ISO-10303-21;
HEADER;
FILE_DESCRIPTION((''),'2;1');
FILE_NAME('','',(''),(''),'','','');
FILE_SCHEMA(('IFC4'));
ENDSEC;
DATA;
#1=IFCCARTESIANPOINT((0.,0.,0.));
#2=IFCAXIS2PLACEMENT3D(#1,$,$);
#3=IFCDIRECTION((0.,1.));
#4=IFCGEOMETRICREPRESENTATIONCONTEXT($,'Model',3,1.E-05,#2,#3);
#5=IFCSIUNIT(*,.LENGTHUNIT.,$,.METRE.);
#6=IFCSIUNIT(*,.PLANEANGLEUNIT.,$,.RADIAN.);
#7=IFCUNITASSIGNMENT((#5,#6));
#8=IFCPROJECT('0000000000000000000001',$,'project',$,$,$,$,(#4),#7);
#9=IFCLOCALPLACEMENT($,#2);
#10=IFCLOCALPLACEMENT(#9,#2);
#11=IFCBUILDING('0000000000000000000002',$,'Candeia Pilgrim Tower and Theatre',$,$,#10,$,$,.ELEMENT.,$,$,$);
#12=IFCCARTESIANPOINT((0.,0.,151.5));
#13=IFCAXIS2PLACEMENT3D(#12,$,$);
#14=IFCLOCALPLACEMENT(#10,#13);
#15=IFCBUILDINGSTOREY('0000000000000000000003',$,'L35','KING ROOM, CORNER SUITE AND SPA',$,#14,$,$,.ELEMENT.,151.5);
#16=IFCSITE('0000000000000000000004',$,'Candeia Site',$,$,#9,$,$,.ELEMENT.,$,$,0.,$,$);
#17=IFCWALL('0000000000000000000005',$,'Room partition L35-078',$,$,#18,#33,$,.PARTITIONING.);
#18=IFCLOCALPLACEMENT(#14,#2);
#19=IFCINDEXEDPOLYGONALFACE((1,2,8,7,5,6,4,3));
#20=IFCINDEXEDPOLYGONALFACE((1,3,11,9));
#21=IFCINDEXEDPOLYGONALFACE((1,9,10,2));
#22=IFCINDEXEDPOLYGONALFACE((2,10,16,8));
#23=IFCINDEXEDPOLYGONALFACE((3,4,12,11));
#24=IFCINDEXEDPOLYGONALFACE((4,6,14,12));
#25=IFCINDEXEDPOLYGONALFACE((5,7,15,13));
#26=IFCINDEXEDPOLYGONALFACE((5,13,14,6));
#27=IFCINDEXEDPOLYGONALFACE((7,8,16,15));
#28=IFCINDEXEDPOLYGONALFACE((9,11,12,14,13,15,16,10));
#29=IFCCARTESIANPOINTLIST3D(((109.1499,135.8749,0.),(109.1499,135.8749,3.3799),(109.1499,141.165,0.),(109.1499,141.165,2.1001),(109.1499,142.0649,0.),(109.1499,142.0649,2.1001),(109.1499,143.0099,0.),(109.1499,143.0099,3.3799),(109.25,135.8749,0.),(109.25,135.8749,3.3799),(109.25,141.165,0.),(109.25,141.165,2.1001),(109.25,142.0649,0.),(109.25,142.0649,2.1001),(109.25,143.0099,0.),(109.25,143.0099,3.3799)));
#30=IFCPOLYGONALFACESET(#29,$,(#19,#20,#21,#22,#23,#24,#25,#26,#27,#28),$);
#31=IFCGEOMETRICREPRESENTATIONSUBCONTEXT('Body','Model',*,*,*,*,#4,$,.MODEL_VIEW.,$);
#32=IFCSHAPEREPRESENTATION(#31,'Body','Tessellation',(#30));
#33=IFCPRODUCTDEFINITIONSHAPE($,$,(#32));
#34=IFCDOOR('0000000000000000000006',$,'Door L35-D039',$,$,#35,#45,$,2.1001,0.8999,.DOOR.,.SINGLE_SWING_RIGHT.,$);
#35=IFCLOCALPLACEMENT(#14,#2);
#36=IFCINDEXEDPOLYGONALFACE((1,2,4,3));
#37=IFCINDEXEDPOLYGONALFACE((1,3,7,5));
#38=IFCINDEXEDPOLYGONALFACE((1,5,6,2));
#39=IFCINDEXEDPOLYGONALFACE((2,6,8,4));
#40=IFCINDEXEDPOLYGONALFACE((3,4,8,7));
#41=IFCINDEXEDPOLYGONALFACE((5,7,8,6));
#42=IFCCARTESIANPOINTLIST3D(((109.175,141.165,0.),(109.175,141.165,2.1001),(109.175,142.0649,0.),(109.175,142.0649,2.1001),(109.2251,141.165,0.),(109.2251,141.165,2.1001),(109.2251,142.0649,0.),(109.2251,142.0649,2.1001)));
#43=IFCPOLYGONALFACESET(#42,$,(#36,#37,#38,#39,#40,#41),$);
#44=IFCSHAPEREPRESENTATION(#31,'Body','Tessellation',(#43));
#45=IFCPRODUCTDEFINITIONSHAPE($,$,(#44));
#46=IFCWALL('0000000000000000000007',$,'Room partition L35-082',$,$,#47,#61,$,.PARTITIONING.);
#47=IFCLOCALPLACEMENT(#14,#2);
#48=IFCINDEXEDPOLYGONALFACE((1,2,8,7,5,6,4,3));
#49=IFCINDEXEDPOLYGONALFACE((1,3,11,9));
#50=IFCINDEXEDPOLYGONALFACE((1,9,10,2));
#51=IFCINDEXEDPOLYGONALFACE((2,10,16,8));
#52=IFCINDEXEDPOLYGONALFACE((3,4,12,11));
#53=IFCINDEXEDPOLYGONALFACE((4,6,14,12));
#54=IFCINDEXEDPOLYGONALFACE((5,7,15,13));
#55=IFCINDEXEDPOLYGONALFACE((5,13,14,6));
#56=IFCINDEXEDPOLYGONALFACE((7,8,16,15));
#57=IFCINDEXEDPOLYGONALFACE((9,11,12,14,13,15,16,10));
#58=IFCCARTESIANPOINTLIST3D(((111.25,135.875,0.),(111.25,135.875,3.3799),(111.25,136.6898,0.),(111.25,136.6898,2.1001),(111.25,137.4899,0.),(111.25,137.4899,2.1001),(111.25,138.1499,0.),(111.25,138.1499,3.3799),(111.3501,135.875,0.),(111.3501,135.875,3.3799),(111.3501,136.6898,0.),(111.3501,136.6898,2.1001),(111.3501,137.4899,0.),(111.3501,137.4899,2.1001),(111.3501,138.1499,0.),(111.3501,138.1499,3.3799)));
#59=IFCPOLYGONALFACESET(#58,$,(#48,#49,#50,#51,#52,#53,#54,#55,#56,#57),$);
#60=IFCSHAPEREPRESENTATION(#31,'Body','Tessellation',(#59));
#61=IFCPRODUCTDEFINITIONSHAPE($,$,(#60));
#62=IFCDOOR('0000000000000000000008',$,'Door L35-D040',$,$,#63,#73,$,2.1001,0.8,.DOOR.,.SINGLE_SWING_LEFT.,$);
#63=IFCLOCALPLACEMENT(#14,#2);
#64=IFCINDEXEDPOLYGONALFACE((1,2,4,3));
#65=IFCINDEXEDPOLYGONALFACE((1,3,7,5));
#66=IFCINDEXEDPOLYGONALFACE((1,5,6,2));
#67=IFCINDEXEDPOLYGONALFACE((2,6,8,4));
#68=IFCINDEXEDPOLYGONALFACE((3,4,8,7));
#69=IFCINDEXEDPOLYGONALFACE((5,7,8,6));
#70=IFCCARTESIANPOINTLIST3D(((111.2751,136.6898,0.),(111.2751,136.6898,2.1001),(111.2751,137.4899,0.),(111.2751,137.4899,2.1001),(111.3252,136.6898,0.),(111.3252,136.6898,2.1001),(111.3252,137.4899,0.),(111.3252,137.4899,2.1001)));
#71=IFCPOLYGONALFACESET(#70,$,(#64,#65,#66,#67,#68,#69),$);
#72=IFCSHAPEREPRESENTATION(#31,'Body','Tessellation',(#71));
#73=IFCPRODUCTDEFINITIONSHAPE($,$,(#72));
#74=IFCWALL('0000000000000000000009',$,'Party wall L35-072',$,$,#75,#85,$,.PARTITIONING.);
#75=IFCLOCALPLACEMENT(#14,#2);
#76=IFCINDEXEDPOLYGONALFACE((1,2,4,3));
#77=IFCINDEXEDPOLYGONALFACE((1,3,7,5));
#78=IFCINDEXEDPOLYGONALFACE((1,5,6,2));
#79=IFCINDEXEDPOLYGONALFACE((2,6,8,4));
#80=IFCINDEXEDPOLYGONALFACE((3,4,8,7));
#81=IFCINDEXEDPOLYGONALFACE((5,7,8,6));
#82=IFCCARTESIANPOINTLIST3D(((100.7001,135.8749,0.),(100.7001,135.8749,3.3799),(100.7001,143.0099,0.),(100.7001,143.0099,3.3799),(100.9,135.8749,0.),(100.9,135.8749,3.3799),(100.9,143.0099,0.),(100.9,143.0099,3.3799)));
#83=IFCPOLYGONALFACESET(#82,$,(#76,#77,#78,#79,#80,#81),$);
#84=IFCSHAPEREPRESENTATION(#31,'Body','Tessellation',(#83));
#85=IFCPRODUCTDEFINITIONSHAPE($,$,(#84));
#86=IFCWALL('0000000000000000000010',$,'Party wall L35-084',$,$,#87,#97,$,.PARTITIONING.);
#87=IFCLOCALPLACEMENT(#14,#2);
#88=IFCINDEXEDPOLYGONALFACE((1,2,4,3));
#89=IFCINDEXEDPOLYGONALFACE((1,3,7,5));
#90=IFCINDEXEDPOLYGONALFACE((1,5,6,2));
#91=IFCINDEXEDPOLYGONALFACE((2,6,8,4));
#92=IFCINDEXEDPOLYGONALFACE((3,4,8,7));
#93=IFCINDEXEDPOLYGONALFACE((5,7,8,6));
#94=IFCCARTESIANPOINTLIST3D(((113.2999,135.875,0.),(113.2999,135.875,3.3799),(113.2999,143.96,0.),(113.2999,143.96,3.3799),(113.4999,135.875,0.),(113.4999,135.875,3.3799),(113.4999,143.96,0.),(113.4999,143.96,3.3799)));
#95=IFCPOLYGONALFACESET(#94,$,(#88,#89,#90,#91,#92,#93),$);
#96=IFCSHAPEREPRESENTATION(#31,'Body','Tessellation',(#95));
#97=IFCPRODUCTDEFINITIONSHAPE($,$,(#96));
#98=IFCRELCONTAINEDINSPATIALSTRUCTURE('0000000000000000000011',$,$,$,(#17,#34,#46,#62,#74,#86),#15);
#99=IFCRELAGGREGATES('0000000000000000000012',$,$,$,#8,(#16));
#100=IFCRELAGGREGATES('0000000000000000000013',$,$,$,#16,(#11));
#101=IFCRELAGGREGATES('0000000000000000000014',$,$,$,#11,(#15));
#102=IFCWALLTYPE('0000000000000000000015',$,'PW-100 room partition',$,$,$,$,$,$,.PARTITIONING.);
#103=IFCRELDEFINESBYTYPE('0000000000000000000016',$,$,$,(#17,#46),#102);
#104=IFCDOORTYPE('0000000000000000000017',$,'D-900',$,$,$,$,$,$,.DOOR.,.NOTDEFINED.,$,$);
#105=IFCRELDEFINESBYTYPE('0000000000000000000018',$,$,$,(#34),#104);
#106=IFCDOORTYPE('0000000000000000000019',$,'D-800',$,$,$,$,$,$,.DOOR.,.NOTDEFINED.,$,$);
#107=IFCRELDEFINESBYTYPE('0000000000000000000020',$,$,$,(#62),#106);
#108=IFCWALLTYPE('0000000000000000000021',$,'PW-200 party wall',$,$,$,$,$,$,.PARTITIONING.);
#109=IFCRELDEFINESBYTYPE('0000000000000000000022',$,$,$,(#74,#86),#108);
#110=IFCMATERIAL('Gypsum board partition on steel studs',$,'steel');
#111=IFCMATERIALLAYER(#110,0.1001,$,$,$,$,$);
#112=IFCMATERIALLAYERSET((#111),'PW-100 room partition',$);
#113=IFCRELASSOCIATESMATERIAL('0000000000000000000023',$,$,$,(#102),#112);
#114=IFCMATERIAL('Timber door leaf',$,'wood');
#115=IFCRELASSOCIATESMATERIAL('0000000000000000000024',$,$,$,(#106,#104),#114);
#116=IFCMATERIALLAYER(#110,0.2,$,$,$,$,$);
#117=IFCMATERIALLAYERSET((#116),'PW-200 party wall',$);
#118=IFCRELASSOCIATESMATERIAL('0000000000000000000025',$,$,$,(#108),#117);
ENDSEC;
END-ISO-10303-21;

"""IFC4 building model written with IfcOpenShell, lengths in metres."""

from ifc_helpers import new_model, si_unit, direction, frame, frame_2d, origin, place, context, subcontext, project, spatial, rectangle, extrude, material, layer, layer_set, type_object, element, fill, save


model = new_model("IFC4")

# Units and contexts
model_context = context("Model", 3, precision=1e-05, world=origin(), true_north=direction((0.0, 1.0)))
body_context = subcontext(model_context, "Body", "Model", "MODEL_VIEW")
ifc_project = project(units=[si_unit("LENGTHUNIT", "METRE"), si_unit("PLANEANGLEUNIT", "RADIAN")], contexts=[model_context])

# Site, building, storey
site_placement = place(None, origin())
site = spatial("IfcSite", under=ifc_project, at=site_placement, Name="Candeia Site", CompositionType="ELEMENT", RefElevation=0.0)
building_placement = place(site_placement, origin())
building = spatial("IfcBuilding", under=site, at=building_placement, Name="Candeia Pilgrim Tower and Theatre", CompositionType="ELEMENT")
storey_placement = place(building_placement, frame((0.0, 0.0, 151.5)))
storey = spatial("IfcBuildingStorey", under=building, at=storey_placement, Name="L35", Description="KING ROOM, CORNER SUITE AND SPA", CompositionType="ELEMENT", Elevation=151.5)

# Shared definitions
ifc_material_1 = material(Name="Gypsum board partition on steel studs", Category="steel")
ifc_layer_1 = layer(ifc_material_1, 0.1001)
ifc_layer_set_1 = layer_set([ifc_layer_1], Name="PW-100 room partition")
wall_type_1 = type_object("IfcWallType", Name="PW-100 room partition", PredefinedType="PARTITIONING", material=ifc_layer_set_1)
ifc_material_2 = material(Name="Timber door leaf", Category="wood")
door_type_1 = type_object("IfcDoorType", Name="D-800", OperationType="NOTDEFINED", PredefinedType="DOOR", material=ifc_material_2)

# Walls, openings, doors
wall_1_placement = place(storey_placement, frame((109.2, 135.875, 0.0), z_axis=(0.0, 0.0, 1.0), x_axis=(0.0, 1.0, 0.0)))
wall_1 = element("IfcWall", 1, at=wall_1_placement, inside=storey, type_object=wall_type_1, Name="Room partition L35-078", PredefinedType="PARTITIONING", context=body_context, shape_type="SweptSolid", body=[
    extrude(rectangle(XDim=7.135, YDim=0.1001, at=frame_2d((3.5674, 0.0))), origin(), (0.0, 0.0, 1.0), 3.3799),
])
opening_1_placement = place(wall_1_placement, frame((5.29, 0.0, 0.0)))
opening_1 = element("IfcOpeningElement", 2, at=opening_1_placement, cuts=wall_1, PredefinedType="OPENING", context=body_context, shape_type="SweptSolid", body=[
    extrude(rectangle(XDim=0.8999, YDim=2.1001, at=frame_2d((0.45, 1.05))), frame((0.0, 0.0601, 0.0), z_axis=(0.0, -1.0, 0.0), x_axis=(1.0, 0.0, 0.0)), (0.0, 0.0, 1.0), 0.1201),
])
door_type_2 = type_object("IfcDoorType", Name="D-900", OperationType="NOTDEFINED", PredefinedType="DOOR", material=ifc_material_2)
door_1_placement = place(opening_1_placement, origin())
door_1 = element("IfcDoor", 3, at=door_1_placement, inside=storey, type_object=door_type_2, Name="Door L35-D039", OperationType="SINGLE_SWING_RIGHT", OverallHeight=2.1001, OverallWidth=0.8999, PredefinedType="DOOR", context=body_context, shape_type="SweptSolid", body=[
    extrude(rectangle(XDim=0.8999, YDim=2.1001, at=frame_2d((0.45, 1.05))), frame((0.0, 0.0249, 0.0), z_axis=(0.0, -1.0, 0.0), x_axis=(1.0, 0.0, 0.0)), (0.0, 0.0, 1.0), 0.05),
])
fill(opening_1, door_1)
wall_2_placement = place(storey_placement, frame((111.3, 135.875, 0.0), z_axis=(0.0, 0.0, 1.0), x_axis=(0.0, 1.0, 0.0)))
wall_2 = element("IfcWall", 4, at=wall_2_placement, inside=storey, type_object=wall_type_1, Name="Room partition L35-082", PredefinedType="PARTITIONING", context=body_context, shape_type="SweptSolid", body=[
    extrude(rectangle(XDim=2.2749, YDim=0.1001, at=frame_2d((1.1375, 0.0))), origin(), (0.0, 0.0, 1.0), 3.3799),
])
opening_2_placement = place(wall_2_placement, frame((0.8149, 0.0, 0.0)))
opening_2 = element("IfcOpeningElement", 5, at=opening_2_placement, cuts=wall_2, PredefinedType="OPENING", context=body_context, shape_type="SweptSolid", body=[
    extrude(rectangle(XDim=0.8, YDim=2.1001, at=frame_2d((0.3999, 1.05))), frame((0.0, 0.0601, 0.0), z_axis=(0.0, -1.0, 0.0), x_axis=(1.0, 0.0, 0.0)), (0.0, 0.0, 1.0), 0.1201),
])
door_2_placement = place(opening_2_placement, origin())
door_2 = element("IfcDoor", 6, at=door_2_placement, inside=storey, type_object=door_type_1, Name="Door L35-D040", OperationType="SINGLE_SWING_LEFT", OverallHeight=2.1001, OverallWidth=0.8, PredefinedType="DOOR", context=body_context, shape_type="SweptSolid", body=[
    extrude(rectangle(XDim=0.8, YDim=2.1001, at=frame_2d((0.3999, 1.05))), frame((0.0, 0.0249, 0.0), z_axis=(0.0, -1.0, 0.0), x_axis=(1.0, 0.0, 0.0)), (0.0, 0.0, 1.0), 0.05),
])
fill(opening_2, door_2)

# Walls
ifc_layer_2 = layer(ifc_material_1, 0.2)
ifc_layer_set_2 = layer_set([ifc_layer_2], Name="PW-200 party wall")
wall_type_2 = type_object("IfcWallType", Name="PW-200 party wall", PredefinedType="PARTITIONING", material=ifc_layer_set_2)
wall_3_placement = place(storey_placement, frame((100.8, 135.875, 0.0), z_axis=(0.0, 0.0, 1.0), x_axis=(0.0, 1.0, 0.0)))
element("IfcWall", 7, at=wall_3_placement, inside=storey, type_object=wall_type_2, Name="Party wall L35-072", PredefinedType="PARTITIONING", context=body_context, shape_type="SweptSolid", body=[
    extrude(rectangle(XDim=7.135, YDim=0.2, at=frame_2d((3.5674, 0.0))), origin(), (0.0, 0.0, 1.0), 3.3799),
])
wall_4_placement = place(storey_placement, frame((113.3999, 135.875, 0.0), z_axis=(0.0, 0.0, 1.0), x_axis=(0.0, 1.0, 0.0)))
element("IfcWall", 8, at=wall_4_placement, inside=storey, type_object=wall_type_2, Name="Party wall L35-084", PredefinedType="PARTITIONING", context=body_context, shape_type="SweptSolid", body=[
    extrude(rectangle(XDim=8.085, YDim=0.2, at=frame_2d((4.0425, 0.0))), origin(), (0.0, 0.0, 1.0), 3.3799),
])

save(model, "model.ifc")
